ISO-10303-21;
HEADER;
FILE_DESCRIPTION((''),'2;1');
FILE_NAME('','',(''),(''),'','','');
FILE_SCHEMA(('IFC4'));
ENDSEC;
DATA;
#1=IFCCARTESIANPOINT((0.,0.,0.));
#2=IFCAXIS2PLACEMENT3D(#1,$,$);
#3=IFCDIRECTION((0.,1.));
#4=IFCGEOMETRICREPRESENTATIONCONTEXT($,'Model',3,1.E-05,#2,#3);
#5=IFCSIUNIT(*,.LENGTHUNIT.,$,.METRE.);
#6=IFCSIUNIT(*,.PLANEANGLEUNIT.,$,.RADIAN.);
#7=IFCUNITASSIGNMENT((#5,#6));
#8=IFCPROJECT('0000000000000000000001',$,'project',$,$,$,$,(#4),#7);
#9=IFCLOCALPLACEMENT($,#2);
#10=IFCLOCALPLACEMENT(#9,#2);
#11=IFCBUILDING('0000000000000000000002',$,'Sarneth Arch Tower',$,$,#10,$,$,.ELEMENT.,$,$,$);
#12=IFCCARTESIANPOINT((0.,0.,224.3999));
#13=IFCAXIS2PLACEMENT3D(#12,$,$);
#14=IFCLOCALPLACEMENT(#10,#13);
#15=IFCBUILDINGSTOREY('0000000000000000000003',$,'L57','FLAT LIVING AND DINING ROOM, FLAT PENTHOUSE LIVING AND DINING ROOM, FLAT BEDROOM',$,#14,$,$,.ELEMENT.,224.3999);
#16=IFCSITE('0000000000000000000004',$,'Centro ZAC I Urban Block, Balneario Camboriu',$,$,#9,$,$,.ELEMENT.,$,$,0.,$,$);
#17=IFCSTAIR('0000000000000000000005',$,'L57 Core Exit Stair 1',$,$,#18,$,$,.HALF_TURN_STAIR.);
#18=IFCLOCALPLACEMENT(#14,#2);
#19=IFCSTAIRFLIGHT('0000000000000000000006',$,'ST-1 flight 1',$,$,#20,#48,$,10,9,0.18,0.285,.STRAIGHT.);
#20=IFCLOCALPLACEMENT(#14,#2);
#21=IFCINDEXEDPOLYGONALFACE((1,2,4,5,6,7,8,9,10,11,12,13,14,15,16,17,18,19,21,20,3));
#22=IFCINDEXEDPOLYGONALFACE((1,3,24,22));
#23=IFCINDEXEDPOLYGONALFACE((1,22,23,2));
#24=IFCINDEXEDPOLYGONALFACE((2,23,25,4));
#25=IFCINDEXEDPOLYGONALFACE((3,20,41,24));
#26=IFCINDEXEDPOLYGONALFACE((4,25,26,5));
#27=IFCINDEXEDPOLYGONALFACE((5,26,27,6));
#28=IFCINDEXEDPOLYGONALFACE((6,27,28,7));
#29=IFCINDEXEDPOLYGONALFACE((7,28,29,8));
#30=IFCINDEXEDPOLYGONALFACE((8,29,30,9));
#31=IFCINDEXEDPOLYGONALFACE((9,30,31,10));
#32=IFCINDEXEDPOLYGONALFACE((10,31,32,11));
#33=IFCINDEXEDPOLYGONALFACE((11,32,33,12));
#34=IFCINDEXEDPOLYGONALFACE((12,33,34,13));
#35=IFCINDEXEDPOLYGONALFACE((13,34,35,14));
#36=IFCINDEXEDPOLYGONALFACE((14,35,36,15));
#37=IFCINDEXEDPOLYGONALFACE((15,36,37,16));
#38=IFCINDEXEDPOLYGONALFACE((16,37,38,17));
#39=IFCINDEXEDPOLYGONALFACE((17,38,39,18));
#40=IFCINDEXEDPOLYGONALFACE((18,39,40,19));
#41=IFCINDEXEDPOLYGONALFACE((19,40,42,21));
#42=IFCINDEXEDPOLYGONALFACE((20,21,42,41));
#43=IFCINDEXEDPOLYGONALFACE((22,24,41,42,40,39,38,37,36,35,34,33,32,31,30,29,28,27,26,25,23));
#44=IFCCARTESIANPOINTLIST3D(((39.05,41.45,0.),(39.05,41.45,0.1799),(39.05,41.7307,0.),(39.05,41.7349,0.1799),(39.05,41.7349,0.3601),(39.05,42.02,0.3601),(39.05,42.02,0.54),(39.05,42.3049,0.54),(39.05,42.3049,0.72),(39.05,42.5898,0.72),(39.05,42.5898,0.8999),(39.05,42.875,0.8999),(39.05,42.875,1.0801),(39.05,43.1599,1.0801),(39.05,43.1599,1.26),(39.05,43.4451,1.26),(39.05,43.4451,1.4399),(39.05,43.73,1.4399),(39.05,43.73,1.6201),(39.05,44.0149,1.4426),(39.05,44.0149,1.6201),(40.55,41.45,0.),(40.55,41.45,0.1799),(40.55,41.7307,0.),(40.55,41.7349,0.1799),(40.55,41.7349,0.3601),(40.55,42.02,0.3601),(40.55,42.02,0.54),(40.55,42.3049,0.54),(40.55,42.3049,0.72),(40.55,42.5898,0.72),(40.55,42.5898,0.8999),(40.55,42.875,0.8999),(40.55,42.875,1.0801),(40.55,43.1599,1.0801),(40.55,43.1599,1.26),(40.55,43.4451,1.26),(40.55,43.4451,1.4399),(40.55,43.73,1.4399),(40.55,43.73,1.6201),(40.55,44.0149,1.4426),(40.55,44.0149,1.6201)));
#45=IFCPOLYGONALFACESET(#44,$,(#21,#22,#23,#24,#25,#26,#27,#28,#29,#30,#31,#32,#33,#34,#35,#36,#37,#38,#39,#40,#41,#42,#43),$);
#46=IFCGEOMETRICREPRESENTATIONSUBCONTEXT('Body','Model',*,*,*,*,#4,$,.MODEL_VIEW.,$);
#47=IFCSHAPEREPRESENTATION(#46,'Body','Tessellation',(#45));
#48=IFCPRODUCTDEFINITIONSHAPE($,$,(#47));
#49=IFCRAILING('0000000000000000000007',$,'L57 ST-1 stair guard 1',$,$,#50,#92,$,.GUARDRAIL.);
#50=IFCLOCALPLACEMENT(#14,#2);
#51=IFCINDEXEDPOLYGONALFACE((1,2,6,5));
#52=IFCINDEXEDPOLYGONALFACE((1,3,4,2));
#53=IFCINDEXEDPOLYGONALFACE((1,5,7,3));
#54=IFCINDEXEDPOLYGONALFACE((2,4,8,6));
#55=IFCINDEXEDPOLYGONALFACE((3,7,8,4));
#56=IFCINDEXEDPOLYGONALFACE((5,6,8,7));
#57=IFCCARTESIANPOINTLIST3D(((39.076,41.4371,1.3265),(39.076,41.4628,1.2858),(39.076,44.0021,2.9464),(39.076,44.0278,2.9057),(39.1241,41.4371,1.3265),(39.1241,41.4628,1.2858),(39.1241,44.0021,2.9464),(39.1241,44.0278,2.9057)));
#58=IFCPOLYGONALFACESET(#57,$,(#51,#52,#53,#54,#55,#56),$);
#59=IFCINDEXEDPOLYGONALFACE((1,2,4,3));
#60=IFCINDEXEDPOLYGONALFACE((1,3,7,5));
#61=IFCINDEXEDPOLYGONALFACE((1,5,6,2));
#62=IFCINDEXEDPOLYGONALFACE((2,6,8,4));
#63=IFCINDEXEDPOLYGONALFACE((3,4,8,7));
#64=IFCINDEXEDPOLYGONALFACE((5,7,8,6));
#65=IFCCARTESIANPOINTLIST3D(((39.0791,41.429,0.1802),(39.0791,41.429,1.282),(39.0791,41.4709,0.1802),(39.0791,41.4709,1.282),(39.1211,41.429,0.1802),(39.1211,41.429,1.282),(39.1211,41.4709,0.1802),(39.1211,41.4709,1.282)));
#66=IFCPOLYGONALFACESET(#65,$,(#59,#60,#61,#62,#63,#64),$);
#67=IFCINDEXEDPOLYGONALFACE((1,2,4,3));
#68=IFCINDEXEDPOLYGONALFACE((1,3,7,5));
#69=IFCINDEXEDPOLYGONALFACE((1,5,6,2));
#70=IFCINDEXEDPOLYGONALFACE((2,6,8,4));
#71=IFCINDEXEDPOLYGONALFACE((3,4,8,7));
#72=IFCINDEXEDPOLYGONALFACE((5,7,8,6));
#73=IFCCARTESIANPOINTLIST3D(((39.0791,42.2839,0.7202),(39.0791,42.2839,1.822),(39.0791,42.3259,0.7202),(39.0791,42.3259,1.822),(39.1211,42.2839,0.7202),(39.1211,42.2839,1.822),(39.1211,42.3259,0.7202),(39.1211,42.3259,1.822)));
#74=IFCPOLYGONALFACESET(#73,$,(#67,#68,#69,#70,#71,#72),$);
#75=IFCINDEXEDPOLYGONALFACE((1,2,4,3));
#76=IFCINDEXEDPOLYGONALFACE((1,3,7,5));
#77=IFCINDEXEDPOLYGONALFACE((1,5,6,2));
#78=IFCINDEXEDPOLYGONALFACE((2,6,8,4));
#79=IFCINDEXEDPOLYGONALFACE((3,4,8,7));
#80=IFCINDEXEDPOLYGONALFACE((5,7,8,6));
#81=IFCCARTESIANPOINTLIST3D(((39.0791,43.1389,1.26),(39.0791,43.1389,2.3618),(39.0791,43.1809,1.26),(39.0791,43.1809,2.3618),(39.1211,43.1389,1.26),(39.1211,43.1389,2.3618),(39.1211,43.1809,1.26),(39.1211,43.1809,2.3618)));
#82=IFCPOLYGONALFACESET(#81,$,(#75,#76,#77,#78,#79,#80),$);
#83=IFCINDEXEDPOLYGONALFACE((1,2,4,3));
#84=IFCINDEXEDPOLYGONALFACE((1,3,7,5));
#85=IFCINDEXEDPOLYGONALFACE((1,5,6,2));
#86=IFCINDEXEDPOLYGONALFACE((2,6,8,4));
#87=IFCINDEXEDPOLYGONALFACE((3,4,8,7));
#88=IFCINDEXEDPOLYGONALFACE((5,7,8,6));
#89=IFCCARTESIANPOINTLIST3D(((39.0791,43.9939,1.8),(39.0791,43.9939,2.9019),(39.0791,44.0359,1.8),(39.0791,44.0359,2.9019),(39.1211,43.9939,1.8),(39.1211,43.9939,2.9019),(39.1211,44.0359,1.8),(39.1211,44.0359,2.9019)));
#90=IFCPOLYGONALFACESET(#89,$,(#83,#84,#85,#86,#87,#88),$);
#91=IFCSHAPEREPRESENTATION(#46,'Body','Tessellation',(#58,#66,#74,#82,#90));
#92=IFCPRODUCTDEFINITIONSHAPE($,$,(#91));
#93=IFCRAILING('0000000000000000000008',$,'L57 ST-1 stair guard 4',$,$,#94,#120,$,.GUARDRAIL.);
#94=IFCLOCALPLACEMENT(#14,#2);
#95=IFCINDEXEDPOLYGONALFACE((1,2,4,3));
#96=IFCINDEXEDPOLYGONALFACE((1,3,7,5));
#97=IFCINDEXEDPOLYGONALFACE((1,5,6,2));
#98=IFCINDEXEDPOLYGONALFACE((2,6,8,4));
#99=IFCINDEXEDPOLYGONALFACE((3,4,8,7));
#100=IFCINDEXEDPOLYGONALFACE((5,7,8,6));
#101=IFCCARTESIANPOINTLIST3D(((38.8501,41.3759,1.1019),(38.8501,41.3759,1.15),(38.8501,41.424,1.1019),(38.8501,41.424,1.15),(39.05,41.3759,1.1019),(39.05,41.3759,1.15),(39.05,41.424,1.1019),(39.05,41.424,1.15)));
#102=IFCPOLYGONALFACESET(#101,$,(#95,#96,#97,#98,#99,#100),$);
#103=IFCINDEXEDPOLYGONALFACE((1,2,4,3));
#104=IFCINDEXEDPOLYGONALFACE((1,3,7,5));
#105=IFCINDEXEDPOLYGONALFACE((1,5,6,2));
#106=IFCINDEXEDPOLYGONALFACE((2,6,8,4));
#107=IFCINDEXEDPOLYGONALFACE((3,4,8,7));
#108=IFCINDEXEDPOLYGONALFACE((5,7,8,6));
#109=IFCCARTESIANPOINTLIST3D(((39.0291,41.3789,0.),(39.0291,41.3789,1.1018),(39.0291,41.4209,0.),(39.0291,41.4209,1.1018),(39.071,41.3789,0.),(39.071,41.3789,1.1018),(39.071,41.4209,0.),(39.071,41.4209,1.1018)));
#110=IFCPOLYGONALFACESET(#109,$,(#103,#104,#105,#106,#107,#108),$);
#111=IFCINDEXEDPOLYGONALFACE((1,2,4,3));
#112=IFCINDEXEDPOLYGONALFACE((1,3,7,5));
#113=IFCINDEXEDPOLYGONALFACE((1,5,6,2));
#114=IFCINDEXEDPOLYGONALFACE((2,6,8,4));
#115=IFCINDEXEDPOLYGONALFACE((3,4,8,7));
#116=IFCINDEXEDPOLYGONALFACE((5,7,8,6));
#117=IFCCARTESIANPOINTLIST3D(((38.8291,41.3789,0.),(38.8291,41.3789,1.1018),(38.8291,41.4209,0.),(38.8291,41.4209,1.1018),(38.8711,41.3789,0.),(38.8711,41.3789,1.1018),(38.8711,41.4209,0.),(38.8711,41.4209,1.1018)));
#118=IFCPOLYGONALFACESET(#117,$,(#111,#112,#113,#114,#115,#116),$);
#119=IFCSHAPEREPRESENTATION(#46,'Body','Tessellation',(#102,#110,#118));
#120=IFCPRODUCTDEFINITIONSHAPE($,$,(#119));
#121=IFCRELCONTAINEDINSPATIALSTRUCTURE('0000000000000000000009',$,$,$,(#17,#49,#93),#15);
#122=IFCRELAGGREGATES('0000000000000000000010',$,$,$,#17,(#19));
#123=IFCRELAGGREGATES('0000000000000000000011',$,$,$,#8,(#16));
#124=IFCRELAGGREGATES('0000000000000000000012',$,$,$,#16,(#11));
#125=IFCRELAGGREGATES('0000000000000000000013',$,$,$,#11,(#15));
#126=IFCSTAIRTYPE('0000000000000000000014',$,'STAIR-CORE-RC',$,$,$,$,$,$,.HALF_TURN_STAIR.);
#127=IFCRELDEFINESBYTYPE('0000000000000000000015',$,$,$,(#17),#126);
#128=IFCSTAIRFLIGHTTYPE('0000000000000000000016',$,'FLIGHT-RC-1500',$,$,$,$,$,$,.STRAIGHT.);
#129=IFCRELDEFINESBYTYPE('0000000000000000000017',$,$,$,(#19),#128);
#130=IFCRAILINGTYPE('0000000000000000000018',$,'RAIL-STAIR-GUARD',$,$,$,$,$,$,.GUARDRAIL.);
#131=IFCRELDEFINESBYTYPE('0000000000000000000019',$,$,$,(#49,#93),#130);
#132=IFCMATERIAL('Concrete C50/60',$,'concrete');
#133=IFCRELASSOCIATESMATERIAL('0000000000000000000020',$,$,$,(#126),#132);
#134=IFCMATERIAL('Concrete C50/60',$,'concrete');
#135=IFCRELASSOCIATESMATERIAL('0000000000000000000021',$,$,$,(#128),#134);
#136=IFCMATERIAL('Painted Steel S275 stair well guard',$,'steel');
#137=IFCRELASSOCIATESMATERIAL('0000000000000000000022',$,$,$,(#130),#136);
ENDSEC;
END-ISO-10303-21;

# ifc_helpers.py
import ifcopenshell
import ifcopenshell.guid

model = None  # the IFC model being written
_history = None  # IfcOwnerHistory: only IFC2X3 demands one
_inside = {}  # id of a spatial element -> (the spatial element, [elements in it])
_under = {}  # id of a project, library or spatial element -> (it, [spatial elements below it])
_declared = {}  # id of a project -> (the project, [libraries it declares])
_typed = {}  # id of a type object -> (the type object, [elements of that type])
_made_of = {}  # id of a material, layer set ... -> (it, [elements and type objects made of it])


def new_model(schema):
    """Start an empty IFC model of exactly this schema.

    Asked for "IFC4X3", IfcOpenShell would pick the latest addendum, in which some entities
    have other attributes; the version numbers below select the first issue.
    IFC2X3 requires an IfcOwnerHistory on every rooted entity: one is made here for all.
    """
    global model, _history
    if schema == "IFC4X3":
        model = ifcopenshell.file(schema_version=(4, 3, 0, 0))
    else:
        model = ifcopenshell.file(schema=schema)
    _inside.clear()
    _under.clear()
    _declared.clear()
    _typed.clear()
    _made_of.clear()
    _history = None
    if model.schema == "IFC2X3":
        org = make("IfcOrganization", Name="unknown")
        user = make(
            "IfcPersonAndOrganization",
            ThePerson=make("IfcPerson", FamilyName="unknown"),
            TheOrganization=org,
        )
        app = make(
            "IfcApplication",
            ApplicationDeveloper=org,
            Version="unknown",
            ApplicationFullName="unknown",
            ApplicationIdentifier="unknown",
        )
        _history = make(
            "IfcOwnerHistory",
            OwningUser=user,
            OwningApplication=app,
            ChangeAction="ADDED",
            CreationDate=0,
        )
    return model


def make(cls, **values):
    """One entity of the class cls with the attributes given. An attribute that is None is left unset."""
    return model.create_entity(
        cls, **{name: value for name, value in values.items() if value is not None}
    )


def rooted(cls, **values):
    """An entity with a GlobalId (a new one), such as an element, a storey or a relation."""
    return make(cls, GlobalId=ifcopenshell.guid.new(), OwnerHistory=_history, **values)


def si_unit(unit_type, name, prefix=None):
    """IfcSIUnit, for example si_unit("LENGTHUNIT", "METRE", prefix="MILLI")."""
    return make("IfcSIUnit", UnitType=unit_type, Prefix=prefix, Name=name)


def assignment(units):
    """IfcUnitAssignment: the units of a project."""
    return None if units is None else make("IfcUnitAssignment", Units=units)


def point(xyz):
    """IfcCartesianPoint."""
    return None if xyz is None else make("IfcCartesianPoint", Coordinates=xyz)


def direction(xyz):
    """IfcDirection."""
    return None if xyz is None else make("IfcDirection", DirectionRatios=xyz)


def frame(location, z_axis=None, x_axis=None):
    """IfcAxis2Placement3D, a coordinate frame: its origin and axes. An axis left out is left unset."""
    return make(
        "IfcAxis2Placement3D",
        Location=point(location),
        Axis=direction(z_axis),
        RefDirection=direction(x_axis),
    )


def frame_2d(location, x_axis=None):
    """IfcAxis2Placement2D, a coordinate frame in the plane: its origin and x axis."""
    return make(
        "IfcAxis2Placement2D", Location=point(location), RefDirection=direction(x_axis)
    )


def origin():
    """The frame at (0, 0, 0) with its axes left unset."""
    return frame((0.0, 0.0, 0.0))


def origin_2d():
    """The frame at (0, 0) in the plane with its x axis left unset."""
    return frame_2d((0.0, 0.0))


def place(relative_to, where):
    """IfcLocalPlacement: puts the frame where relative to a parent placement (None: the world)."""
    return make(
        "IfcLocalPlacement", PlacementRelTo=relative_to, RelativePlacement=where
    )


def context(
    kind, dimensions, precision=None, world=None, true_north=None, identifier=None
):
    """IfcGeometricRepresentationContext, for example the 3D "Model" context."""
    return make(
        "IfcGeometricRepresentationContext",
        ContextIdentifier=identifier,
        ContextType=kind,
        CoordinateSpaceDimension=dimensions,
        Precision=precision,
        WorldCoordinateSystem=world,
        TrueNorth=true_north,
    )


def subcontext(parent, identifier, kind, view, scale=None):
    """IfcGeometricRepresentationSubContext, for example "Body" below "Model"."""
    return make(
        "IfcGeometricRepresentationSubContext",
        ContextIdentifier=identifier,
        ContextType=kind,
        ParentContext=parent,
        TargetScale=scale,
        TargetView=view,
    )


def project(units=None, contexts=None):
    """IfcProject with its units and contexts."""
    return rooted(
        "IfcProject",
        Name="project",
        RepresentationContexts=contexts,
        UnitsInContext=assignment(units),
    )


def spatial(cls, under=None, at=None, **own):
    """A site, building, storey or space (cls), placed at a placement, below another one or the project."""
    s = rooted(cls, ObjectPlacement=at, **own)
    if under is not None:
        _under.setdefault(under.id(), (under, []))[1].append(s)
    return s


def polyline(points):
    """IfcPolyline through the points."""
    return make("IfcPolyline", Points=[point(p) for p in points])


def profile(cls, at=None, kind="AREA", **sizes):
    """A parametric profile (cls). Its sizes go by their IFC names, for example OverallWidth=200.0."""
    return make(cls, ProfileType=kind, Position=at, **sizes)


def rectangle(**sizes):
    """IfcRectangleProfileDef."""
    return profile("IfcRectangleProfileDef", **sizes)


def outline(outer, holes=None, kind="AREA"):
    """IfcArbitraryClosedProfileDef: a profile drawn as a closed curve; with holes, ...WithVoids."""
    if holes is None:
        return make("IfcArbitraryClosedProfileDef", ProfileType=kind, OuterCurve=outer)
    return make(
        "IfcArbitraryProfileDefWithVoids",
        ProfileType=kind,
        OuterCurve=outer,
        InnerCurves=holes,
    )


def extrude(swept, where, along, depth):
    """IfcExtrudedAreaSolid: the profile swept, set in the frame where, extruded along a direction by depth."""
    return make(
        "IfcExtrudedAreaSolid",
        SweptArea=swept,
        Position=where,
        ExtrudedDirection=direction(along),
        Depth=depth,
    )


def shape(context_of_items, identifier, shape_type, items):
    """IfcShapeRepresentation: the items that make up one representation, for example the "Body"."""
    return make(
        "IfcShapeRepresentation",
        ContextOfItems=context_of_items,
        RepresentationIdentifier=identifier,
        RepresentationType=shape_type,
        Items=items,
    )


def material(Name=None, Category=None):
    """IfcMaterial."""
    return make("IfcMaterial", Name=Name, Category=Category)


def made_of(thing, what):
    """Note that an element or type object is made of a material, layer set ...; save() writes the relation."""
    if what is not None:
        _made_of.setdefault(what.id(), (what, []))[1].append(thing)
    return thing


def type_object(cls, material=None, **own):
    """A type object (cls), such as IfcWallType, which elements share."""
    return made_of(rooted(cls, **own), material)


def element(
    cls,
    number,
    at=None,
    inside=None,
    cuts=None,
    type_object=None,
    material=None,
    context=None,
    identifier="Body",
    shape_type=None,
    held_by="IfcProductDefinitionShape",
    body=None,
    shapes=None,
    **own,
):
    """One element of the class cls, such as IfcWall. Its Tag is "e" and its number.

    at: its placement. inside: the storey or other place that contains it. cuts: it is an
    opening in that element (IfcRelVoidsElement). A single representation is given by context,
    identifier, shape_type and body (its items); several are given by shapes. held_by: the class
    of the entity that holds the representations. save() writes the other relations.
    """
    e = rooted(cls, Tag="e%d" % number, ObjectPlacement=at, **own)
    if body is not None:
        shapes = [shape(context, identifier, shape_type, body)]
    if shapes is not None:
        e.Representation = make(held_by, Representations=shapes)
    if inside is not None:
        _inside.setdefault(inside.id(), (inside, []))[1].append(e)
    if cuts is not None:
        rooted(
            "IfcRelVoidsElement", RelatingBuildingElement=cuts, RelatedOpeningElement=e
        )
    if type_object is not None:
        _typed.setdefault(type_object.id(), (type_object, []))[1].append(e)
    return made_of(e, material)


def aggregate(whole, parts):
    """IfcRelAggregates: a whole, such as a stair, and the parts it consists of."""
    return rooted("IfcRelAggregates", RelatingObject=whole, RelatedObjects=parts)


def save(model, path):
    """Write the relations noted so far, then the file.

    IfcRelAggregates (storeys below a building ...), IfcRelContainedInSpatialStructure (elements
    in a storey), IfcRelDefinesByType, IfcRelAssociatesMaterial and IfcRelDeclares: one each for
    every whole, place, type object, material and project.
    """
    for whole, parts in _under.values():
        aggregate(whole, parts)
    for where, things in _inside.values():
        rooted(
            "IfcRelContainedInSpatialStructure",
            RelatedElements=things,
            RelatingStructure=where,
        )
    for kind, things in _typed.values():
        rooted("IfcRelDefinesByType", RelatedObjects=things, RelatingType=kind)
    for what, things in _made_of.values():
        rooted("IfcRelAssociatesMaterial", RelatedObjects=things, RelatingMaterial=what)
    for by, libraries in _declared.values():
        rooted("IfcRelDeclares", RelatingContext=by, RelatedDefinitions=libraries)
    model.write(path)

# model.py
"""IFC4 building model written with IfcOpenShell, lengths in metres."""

from ifc_helpers import new_model, si_unit, direction, frame, origin, origin_2d, place, context, subcontext, project, spatial, polyline, rectangle, outline, extrude, material, type_object, element, aggregate, save


model = new_model("IFC4")

# Units and contexts
model_context = context("Model", 3, precision=1e-05, world=origin(), true_north=direction((0.0, 1.0)))
body_context = subcontext(model_context, "Body", "Model", "MODEL_VIEW")
ifc_project = project(units=[si_unit("LENGTHUNIT", "METRE"), si_unit("PLANEANGLEUNIT", "RADIAN")], contexts=[model_context])

# Site, building, storey
site_placement = place(None, origin())
site = spatial("IfcSite", under=ifc_project, at=site_placement, Name="Centro ZAC I Urban Block, Balneario Camboriu", CompositionType="ELEMENT", RefElevation=0.0)
building_placement = place(site_placement, origin())
building = spatial("IfcBuilding", under=site, at=building_placement, Name="Sarneth Arch Tower", CompositionType="ELEMENT")
storey_placement = place(building_placement, frame((0.0, 0.0, 224.3999)))
storey = spatial("IfcBuildingStorey", under=building, at=storey_placement, Name="L57", Description="FLAT LIVING AND DINING ROOM, FLAT PENTHOUSE LIVING AND DINING ROOM, FLAT BEDROOM", CompositionType="ELEMENT", Elevation=224.3999)

# Stair, stair flight
ifc_material_1 = material(Name="Concrete C50/60", Category="concrete")
stair_type = type_object("IfcStairType", Name="STAIR-CORE-RC", PredefinedType="HALF_TURN_STAIR", material=ifc_material_1)
stair_placement = place(storey_placement, origin())
stair = element("IfcStair", 1, at=stair_placement, inside=storey, type_object=stair_type, Name="L57 Core Exit Stair 1", PredefinedType="HALF_TURN_STAIR")
ifc_material_2 = material(Name="Concrete C50/60", Category="concrete")
stair_flight_type = type_object("IfcStairFlightType", Name="FLIGHT-RC-1500", PredefinedType="STRAIGHT", material=ifc_material_2)
stair_flight_placement = place(storey_placement, frame((39.8, 41.45, 0.0), z_axis=(0.0, 0.0, 1.0), x_axis=(0.0, 1.0, 0.0)))
stair_flight = element("IfcStairFlight", 2, at=stair_flight_placement, type_object=stair_flight_type, Name="ST-1 flight 1", NumberOfRisers=10, NumberOfTreads=9, PredefinedType="STRAIGHT", RiserHeight=0.18, TreadLength=0.285, context=body_context, shape_type="SweptSolid", body=[
    extrude(outline(polyline([(0.0, 0.0), (0.0, 0.1799), (0.2849, 0.1799), (0.2849, 0.3601), (0.5701, 0.3601), (0.5701, 0.54), (0.855, 0.54), (0.855, 0.72), (1.1399, 0.72), (1.1399, 0.8999), (1.425, 0.8999), (1.425, 1.0801), (1.71, 1.0801), (1.71, 1.26), (1.9951, 1.26), (1.9951, 1.4399), (2.28, 1.4399), (2.28, 1.6201), (2.5649, 1.6201), (2.5649, 1.8), (2.5649, 1.4426), (0.2808, 0.0), (0.0, 0.0)])), frame((0.0, 0.75, 0.0), z_axis=(0.0, -1.0, 0.0), x_axis=(1.0, 0.0, 0.0)), (0.0, 0.0, 1.0), 1.5),
])
aggregate(stair, [stair_flight])

# Railings
ifc_material_3 = material(Name="Painted Steel S275 stair well guard", Category="steel")
railing_type = type_object("IfcRailingType", Name="RAIL-STAIR-GUARD", PredefinedType="GUARDRAIL", material=ifc_material_3)
railing_1_placement = place(storey_placement, frame((39.1001, 41.45, 0.1802)))
element("IfcRailing", 3, at=railing_1_placement, inside=storey, type_object=railing_type, Name="L57 ST-1 stair guard 1", PredefinedType="GUARDRAIL", context=body_context, shape_type="SweptSolid", body=[
    extrude(rectangle(XDim=0.0481, YDim=0.0481, at=origin_2d()), frame((0.0, 0.0, 1.126), z_axis=(0.0, 0.845502, 0.533972), x_axis=(-1.0, 0.0, 0.0)), (0.0, 0.0, 1.0), 3.0337),
    extrude(rectangle(XDim=0.042, YDim=0.042, at=origin_2d()), origin(), (0.0, 0.0, 1.0), 1.1018),
    extrude(rectangle(XDim=0.042, YDim=0.042, at=origin_2d()), frame((0.0, 0.855, 0.54)), (0.0, 0.0, 1.0), 1.1018),
    extrude(rectangle(XDim=0.042, YDim=0.042, at=origin_2d()), frame((0.0, 1.71, 1.0798)), (0.0, 0.0, 1.0), 1.1018),
    extrude(rectangle(XDim=0.042, YDim=0.042, at=origin_2d()), frame((0.0, 2.5649, 1.6199)), (0.0, 0.0, 1.0), 1.1018),
])
railing_2_placement = place(storey_placement, frame((39.05, 41.3999, 0.0)))
element("IfcRailing", 4, at=railing_2_placement, inside=storey, type_object=railing_type, Name="L57 ST-1 stair guard 4", PredefinedType="GUARDRAIL", context=body_context, shape_type="SweptSolid", body=[
    extrude(rectangle(XDim=0.0481, YDim=0.0481, at=origin_2d()), frame((0.0, 0.0, 1.126), z_axis=(-1.0, 0.0, 0.0), x_axis=(0.0, -1.0, 0.0)), (0.0, 0.0, 1.0), 0.2),
    extrude(rectangle(XDim=0.042, YDim=0.042, at=origin_2d()), origin(), (0.0, 0.0, 1.0), 1.1018),
    extrude(rectangle(XDim=0.042, YDim=0.042, at=origin_2d()), frame((-0.2, 0.0, 0.0)), (0.0, 0.0, 1.0), 1.1018),
])

save(model, "model.ifc")
